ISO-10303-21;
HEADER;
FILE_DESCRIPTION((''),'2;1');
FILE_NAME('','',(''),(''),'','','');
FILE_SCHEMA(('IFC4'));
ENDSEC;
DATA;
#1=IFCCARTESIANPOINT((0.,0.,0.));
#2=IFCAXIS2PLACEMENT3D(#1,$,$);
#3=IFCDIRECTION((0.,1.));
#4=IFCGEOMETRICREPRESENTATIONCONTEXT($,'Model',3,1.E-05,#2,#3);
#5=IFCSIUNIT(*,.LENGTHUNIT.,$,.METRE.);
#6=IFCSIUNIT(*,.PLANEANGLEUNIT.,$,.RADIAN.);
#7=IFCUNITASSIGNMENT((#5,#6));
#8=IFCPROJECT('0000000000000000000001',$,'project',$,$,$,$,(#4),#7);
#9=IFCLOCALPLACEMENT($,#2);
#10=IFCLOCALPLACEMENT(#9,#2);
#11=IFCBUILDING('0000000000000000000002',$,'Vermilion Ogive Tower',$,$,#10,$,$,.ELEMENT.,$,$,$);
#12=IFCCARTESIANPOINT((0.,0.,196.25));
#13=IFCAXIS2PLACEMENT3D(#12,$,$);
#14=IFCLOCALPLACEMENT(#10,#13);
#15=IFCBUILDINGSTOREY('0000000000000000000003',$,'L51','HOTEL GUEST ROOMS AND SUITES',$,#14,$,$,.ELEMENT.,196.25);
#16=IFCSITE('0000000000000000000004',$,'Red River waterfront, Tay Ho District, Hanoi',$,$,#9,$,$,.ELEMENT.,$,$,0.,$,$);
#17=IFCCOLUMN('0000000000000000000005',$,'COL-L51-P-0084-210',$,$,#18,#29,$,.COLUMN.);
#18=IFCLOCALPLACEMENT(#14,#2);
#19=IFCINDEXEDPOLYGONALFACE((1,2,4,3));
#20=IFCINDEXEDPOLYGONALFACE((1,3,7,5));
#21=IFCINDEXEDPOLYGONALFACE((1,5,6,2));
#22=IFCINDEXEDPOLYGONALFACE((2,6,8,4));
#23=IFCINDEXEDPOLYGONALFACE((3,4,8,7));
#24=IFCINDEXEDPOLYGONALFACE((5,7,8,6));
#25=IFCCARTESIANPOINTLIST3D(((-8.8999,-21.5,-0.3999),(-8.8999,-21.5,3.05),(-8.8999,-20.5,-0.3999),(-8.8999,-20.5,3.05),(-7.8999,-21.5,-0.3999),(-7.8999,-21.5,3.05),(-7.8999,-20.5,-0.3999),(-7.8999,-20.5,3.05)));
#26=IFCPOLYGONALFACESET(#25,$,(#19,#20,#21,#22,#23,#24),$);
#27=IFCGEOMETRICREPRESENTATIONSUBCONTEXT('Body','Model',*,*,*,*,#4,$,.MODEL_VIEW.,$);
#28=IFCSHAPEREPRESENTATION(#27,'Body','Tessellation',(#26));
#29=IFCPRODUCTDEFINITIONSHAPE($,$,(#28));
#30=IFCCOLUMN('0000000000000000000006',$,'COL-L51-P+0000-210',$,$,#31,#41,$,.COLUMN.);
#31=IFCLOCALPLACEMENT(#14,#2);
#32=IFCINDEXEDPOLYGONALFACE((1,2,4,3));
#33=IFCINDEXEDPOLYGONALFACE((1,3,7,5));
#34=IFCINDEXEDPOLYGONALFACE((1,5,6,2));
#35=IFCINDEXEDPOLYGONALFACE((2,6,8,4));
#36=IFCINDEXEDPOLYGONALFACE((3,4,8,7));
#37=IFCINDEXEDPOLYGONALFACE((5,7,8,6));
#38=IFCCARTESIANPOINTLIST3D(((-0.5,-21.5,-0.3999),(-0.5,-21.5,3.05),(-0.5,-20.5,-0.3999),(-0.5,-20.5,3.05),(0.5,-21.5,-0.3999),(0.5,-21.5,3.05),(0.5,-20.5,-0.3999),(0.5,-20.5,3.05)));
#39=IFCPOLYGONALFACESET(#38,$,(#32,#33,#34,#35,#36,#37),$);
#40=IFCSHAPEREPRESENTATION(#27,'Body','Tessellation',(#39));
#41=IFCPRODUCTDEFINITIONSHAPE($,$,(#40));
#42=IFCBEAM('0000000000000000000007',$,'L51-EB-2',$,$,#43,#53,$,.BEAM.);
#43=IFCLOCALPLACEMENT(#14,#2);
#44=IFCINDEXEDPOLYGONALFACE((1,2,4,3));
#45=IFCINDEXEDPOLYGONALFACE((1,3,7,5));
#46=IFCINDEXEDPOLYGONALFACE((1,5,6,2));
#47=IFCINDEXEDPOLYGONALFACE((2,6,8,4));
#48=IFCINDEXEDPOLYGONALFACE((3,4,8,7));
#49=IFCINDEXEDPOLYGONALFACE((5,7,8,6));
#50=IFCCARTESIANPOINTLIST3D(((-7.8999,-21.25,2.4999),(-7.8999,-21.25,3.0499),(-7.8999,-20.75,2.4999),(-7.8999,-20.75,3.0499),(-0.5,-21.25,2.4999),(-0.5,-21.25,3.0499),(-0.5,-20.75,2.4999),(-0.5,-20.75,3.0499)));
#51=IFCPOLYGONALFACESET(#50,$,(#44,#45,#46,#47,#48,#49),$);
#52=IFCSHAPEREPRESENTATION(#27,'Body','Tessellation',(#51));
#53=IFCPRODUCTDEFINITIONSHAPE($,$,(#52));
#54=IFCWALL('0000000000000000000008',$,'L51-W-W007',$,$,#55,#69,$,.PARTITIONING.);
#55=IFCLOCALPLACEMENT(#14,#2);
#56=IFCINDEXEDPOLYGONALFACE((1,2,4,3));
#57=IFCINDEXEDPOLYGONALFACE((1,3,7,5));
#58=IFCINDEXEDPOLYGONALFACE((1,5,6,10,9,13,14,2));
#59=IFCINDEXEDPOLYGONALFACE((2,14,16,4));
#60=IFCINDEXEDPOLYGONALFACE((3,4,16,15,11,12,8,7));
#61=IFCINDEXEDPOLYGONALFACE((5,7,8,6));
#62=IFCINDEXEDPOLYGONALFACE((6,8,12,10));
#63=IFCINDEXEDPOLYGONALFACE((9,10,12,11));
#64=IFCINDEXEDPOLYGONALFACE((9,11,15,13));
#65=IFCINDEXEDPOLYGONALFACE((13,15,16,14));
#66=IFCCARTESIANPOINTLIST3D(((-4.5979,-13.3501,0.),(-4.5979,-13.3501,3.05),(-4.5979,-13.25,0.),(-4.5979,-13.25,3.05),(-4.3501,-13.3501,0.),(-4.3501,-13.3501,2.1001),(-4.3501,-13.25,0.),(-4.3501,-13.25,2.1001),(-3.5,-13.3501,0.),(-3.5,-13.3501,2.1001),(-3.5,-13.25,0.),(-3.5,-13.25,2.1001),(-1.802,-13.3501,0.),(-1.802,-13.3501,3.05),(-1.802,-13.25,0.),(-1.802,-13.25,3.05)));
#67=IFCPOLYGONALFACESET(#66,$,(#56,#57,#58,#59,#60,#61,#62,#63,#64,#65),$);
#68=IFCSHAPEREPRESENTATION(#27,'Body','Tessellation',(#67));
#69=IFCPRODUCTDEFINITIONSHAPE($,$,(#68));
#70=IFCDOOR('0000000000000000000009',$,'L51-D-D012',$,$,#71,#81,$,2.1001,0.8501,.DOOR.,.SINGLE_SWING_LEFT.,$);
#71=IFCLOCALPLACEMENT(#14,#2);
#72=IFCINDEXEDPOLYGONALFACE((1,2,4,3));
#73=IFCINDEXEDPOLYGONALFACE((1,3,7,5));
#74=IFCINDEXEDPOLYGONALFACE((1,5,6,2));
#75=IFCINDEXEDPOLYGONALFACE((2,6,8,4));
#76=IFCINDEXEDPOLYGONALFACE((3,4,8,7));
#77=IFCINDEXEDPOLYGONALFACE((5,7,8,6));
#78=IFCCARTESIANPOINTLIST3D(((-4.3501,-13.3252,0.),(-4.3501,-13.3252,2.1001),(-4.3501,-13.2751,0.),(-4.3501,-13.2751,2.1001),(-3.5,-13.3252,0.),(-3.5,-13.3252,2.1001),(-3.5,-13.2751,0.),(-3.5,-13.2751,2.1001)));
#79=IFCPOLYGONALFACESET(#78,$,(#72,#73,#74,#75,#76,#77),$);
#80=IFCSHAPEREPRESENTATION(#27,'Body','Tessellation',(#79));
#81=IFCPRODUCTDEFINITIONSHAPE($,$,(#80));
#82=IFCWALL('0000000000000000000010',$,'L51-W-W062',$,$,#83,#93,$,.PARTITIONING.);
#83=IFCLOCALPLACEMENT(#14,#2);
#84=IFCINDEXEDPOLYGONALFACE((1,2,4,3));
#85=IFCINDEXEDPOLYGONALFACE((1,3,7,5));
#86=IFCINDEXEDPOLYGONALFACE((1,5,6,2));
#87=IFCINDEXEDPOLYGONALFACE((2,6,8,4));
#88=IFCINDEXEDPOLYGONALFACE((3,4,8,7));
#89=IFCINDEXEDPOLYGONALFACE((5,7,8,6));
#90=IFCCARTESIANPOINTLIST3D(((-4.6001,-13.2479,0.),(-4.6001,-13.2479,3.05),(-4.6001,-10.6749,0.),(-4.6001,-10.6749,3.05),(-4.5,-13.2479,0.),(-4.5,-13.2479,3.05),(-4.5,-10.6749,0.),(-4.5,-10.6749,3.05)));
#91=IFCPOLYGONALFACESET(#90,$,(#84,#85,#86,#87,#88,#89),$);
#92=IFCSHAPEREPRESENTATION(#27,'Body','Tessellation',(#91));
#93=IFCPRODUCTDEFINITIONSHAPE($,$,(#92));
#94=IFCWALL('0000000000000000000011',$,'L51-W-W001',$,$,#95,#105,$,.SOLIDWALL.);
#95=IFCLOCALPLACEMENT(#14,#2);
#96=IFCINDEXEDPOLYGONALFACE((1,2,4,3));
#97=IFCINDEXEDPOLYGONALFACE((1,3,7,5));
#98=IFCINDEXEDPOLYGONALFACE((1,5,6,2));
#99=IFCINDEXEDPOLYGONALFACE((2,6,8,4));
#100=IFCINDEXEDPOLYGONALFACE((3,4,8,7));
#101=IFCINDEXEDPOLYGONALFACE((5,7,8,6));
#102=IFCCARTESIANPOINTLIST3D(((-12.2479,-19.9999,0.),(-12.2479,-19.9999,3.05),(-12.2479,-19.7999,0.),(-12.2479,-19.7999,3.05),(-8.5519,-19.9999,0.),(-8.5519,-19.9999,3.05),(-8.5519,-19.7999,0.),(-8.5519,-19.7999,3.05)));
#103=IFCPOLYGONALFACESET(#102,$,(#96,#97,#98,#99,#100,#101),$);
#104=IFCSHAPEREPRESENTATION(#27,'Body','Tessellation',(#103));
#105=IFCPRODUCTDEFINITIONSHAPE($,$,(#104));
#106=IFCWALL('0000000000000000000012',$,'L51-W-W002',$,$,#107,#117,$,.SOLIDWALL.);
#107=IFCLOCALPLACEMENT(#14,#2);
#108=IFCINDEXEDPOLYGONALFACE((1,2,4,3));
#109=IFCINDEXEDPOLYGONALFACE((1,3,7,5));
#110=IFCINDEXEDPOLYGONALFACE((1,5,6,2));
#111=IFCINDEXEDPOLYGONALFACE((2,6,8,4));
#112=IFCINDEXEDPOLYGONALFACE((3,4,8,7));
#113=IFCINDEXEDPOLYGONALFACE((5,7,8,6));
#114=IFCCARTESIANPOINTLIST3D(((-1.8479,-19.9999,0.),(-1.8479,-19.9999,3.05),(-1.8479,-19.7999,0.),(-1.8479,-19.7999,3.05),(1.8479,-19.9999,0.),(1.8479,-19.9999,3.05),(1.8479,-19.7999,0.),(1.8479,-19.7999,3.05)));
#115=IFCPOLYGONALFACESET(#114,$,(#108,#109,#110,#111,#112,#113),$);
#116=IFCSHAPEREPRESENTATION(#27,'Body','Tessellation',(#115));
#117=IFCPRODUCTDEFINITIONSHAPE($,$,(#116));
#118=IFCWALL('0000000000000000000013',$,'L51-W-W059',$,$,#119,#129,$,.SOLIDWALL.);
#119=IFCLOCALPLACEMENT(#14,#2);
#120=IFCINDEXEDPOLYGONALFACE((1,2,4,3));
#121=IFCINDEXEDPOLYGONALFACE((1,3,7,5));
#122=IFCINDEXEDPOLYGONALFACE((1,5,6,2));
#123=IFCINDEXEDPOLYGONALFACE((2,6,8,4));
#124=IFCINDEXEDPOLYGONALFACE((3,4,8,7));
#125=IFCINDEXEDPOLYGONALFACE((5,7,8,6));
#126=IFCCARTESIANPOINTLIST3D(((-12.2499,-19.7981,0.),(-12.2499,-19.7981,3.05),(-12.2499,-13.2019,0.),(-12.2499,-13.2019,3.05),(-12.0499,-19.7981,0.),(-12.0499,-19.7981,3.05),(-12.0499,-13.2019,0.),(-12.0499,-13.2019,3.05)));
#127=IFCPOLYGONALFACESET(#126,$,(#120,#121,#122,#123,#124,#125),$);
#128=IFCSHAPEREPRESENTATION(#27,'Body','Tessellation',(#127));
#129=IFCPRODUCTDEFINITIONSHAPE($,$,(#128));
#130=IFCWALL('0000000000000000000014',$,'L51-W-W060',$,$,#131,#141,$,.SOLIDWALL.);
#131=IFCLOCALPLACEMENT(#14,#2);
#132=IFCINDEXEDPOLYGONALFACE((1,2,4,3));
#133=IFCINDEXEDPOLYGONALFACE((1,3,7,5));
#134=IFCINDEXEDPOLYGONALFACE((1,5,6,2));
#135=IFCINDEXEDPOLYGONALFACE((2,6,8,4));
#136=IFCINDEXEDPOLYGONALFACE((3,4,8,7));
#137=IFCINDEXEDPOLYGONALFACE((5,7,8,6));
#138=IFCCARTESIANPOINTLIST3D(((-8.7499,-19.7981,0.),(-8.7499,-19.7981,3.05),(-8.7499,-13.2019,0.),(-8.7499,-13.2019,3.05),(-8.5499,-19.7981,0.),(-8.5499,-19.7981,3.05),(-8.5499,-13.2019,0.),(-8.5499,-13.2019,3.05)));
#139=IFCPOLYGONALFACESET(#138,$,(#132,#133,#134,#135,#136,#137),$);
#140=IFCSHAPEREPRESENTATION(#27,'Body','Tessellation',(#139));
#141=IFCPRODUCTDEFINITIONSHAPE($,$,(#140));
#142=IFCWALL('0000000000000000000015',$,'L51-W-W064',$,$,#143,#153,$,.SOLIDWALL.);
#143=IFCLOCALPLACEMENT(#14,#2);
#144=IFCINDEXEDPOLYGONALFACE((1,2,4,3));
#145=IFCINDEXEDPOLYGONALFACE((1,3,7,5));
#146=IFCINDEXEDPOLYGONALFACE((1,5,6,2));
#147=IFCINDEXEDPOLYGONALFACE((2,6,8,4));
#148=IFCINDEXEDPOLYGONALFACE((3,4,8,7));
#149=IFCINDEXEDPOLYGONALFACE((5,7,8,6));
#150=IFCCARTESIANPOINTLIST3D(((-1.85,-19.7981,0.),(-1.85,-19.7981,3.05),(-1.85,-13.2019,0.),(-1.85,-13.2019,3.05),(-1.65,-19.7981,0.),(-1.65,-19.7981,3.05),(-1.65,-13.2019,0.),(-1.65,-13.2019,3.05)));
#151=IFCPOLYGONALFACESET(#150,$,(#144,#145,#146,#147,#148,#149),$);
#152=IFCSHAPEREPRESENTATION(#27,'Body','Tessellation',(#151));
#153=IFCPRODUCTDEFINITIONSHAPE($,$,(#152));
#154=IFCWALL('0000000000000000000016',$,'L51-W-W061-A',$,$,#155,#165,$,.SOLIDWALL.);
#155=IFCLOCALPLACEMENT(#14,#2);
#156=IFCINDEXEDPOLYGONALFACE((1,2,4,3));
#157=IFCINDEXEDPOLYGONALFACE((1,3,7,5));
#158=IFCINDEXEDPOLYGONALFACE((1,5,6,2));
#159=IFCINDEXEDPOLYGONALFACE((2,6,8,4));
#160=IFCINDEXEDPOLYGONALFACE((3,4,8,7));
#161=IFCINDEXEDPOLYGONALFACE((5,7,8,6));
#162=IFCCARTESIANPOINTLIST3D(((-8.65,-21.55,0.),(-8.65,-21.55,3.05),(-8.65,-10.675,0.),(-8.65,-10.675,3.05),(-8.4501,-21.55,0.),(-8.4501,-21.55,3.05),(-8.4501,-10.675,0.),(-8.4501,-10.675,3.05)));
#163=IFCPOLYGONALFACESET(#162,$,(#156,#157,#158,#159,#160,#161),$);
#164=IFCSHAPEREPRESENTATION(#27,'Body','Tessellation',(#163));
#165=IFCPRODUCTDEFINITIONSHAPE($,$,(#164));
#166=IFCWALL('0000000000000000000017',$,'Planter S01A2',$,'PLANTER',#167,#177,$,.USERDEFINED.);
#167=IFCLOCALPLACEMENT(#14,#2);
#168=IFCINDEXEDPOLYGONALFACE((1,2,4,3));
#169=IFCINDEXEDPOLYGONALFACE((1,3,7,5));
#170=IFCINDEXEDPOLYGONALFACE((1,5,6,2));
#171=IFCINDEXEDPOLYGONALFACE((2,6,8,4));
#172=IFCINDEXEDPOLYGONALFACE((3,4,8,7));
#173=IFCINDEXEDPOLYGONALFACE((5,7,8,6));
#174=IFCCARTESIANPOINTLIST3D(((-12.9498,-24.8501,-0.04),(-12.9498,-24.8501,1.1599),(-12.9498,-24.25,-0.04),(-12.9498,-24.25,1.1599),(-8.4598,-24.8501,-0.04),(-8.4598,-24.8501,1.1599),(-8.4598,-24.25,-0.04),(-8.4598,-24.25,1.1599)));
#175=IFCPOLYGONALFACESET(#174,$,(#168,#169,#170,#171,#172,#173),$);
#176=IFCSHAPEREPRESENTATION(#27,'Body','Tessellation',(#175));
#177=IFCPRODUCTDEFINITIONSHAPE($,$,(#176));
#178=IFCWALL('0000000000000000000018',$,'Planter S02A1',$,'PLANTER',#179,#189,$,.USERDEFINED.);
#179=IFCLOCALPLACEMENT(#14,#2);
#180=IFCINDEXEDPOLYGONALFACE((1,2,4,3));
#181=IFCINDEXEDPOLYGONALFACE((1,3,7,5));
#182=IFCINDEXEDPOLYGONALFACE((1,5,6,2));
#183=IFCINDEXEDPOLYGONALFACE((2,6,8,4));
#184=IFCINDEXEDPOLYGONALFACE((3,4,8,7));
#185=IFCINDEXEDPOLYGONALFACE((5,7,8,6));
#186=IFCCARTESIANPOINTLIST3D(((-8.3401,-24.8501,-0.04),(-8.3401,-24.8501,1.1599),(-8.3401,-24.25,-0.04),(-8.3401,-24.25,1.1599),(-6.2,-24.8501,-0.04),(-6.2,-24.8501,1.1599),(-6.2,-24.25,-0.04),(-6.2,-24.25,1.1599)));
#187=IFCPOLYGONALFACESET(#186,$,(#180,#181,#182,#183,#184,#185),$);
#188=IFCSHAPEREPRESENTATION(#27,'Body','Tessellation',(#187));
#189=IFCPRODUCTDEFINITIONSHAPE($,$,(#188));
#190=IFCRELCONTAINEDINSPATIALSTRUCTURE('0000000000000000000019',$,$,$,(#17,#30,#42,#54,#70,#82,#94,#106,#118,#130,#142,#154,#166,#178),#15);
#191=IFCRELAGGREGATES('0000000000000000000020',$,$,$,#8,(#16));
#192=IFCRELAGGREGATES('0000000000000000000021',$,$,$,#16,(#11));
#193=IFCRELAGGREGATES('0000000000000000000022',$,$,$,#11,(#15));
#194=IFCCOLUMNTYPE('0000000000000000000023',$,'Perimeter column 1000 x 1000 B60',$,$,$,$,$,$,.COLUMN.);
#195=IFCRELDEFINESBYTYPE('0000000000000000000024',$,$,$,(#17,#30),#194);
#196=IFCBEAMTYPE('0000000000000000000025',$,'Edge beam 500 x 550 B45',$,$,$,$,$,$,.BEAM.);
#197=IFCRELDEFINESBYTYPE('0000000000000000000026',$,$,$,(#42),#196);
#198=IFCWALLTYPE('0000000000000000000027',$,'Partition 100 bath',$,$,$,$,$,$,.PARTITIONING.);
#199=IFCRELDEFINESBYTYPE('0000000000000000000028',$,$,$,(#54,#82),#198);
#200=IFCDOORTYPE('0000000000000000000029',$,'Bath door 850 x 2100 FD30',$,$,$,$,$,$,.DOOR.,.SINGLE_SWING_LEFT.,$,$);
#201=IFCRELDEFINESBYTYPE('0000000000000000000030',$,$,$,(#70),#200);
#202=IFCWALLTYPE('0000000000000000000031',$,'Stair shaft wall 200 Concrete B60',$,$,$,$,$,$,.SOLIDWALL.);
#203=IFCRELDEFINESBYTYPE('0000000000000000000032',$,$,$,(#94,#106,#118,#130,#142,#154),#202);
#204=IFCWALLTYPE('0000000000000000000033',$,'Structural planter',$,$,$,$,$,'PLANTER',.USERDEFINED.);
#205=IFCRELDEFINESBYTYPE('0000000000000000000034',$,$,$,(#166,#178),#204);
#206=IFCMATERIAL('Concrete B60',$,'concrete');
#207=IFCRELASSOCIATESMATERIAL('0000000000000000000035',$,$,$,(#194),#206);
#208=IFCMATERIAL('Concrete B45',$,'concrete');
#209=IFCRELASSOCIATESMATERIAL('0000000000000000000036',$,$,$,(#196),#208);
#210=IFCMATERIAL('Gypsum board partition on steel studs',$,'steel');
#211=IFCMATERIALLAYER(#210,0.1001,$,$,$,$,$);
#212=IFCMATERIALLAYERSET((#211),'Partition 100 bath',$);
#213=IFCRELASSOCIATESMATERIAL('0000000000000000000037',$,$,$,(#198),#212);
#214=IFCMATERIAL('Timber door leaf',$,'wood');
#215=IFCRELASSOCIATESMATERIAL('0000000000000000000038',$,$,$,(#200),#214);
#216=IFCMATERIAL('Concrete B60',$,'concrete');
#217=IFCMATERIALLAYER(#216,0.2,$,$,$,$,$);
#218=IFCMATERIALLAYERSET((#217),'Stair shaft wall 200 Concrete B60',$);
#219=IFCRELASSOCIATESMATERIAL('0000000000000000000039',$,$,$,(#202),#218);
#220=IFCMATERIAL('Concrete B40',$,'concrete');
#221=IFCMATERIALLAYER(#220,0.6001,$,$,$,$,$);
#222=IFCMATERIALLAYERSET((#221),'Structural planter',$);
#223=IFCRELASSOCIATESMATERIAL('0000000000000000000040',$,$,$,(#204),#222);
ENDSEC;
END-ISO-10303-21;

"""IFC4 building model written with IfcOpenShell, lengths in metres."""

from ifc_helpers import new_model, si_unit, direction, frame, frame_2d, origin, origin_2d, place, context, subcontext, project, spatial, rectangle, extrude, material, layer, layer_set, material_profile, profile_set, type_object, element, fill, save


model = new_model("IFC4")

# Units and contexts
model_context = context("Model", 3, precision=1e-05, world=origin(), true_north=direction((0.0, 1.0)))
body_context = subcontext(model_context, "Body", "Model", "MODEL_VIEW")
ifc_project = project(units=[si_unit("LENGTHUNIT", "METRE"), si_unit("PLANEANGLEUNIT", "RADIAN")], contexts=[model_context])

# Site, building, storey
site_placement = place(None, origin())
site = spatial("IfcSite", under=ifc_project, at=site_placement, Name="Red River waterfront, Tay Ho District, Hanoi", CompositionType="ELEMENT", RefElevation=0.0)
building_placement = place(site_placement, origin())
building = spatial("IfcBuilding", under=site, at=building_placement, Name="Vermilion Ogive Tower", CompositionType="ELEMENT")
storey_placement = place(building_placement, frame((0.0, 0.0, 196.25)))
storey = spatial("IfcBuildingStorey", under=building, at=storey_placement, Name="L51", Description="HOTEL GUEST ROOMS AND SUITES", CompositionType="ELEMENT", Elevation=196.25)

# Columns
ifc_material_1 = material(Name="Concrete B60", Category="concrete")
ifc_material_profile_1 = material_profile(ifc_material_1, rectangle(XDim=1.0, YDim=1.0, at=origin_2d()), Name="1000 x 1000")
ifc_profile_set_1 = profile_set([ifc_material_profile_1], Name="Concrete B60")
column_type = type_object("IfcColumnType", Name="Perimeter column 1000 x 1000 B60", PredefinedType="COLUMN", material=ifc_profile_set_1)
for number, where, z_axis, x_axis, name in (
    (1, (-8.3999, -21.0, -0.3999), (0.0, 0.0, 1.0), (1.0, 0.0, 0.0), "COL-L51-P-0084-210"),
    (2, (0.0, -21.0, -0.3999), (0.0, 0.0, 1.0), (1.0, 0.0, 0.0), "COL-L51-P+0000-210"),
):
    element("IfcColumn", number, at=place(storey_placement, frame(where, z_axis=z_axis, x_axis=x_axis)), inside=storey, type_object=column_type, Name=name, PredefinedType="COLUMN", context=body_context, shape_type="SweptSolid", body=[
        extrude(rectangle(XDim=1.0, YDim=1.0, at=origin_2d()), origin(), (0.0, 0.0, 1.0), 3.45),
    ])

# Beam
ifc_material_2 = material(Name="Concrete B45", Category="concrete")
ifc_material_profile_2 = material_profile(ifc_material_2, rectangle(XDim=0.5, YDim=0.55, at=origin_2d()), Name="500 x 550")
ifc_profile_set_2 = profile_set([ifc_material_profile_2], Name="Concrete B45")
beam_type = type_object("IfcBeamType", Name="Edge beam 500 x 550 B45", PredefinedType="BEAM", material=ifc_profile_set_2)
beam_placement = place(storey_placement, frame((-7.8999, -21.0, 2.7749), z_axis=(1.0, 0.0, 0.0), x_axis=(0.0, 1.0, 0.0)))
element("IfcBeam", 3, at=beam_placement, inside=storey, type_object=beam_type, Name="L51-EB-2", PredefinedType="BEAM", context=body_context, shape_type="SweptSolid", body=[
    extrude(rectangle(XDim=0.5, YDim=0.55, at=origin_2d()), origin(), (0.0, 0.0, 1.0), 7.3999),
])

# Wall, opening, door
ifc_material_3 = material(Name="Gypsum board partition on steel studs", Category="steel")
ifc_layer_1 = layer(ifc_material_3, 0.1001)
ifc_layer_set_1 = layer_set([ifc_layer_1], Name="Partition 100 bath")
wall_type_1 = type_object("IfcWallType", Name="Partition 100 bath", PredefinedType="PARTITIONING", material=ifc_layer_set_1)
wall_1_placement = place(storey_placement, frame((-4.5979, -13.3, 0.0), z_axis=(0.0, 0.0, 1.0), x_axis=(1.0, 0.0, 0.0)))
wall_1 = element("IfcWall", 4, at=wall_1_placement, inside=storey, type_object=wall_type_1, Name="L51-W-W007", PredefinedType="PARTITIONING", context=body_context, shape_type="SweptSolid", body=[
    extrude(rectangle(XDim=2.7959, YDim=0.1001, at=frame_2d((1.3979, 0.0))), origin(), (0.0, 0.0, 1.0), 3.05),
])
opening_1_placement = place(wall_1_placement, frame((0.2478, 0.0, 0.0)))
opening_1 = element("IfcOpeningElement", 5, at=opening_1_placement, cuts=wall_1, PredefinedType="OPENING", context=body_context, shape_type="SweptSolid", body=[
    extrude(rectangle(XDim=0.8501, YDim=2.1001, at=frame_2d((0.425, 1.05))), frame((0.0, 0.0601, 0.0), z_axis=(0.0, -1.0, 0.0), x_axis=(1.0, 0.0, 0.0)), (0.0, 0.0, 1.0), 0.1201),
])
ifc_material_4 = material(Name="Timber door leaf", Category="wood")
door_type_1 = type_object("IfcDoorType", Name="Bath door 850 x 2100 FD30", OperationType="SINGLE_SWING_LEFT", PredefinedType="DOOR", material=ifc_material_4)
door_1_placement = place(opening_1_placement, origin())
door_1 = element("IfcDoor", 6, at=door_1_placement, inside=storey, type_object=door_type_1, Name="L51-D-D012", OperationType="SINGLE_SWING_LEFT", OverallHeight=2.1001, OverallWidth=0.8501, PredefinedType="DOOR", context=body_context, shape_type="SweptSolid", body=[
    extrude(rectangle(XDim=0.8501, YDim=2.1001, at=frame_2d((0.425, 1.05))), frame((0.0, 0.0249, 0.0), z_axis=(0.0, -1.0, 0.0), x_axis=(1.0, 0.0, 0.0)), (0.0, 0.0, 1.0), 0.05),
])
fill(opening_1, door_1)

# Walls
wall_2_placement = place(storey_placement, frame((-4.55, -13.248, 0.0), z_axis=(0.0, 0.0, 1.0), x_axis=(0.0, 1.0, 0.0)))
element("IfcWall", 7, at=wall_2_placement, inside=storey, type_object=wall_type_1, Name="L51-W-W062", PredefinedType="PARTITIONING", context=body_context, shape_type="SweptSolid", body=[
    extrude(rectangle(XDim=2.573, YDim=0.1001, at=frame_2d((1.2866, 0.0))), origin(), (0.0, 0.0, 1.0), 3.05),
])
ifc_material_5 = material(Name="Concrete B60", Category="concrete")
ifc_layer_2 = layer(ifc_material_5, 0.2)
ifc_layer_set_2 = layer_set([ifc_layer_2], Name="Stair shaft wall 200 Concrete B60")
wall_type_2 = type_object("IfcWallType", Name="Stair shaft wall 200 Concrete B60", PredefinedType="SOLIDWALL", material=ifc_layer_set_2)
wall_3_placement = place(storey_placement, frame((-12.248, -19.8999, 0.0), z_axis=(0.0, 0.0, 1.0), x_axis=(1.0, 0.0, 0.0)))
element("IfcWall", 8, at=wall_3_placement, inside=storey, type_object=wall_type_2, Name="L51-W-W001", PredefinedType="SOLIDWALL", context=body_context, shape_type="SweptSolid", body=[
    extrude(rectangle(XDim=3.696, YDim=0.2, at=frame_2d((1.8481, 0.0))), origin(), (0.0, 0.0, 1.0), 3.05),
])
wall_4_placement = place(storey_placement, frame((-1.8479, -19.8999, 0.0), z_axis=(0.0, 0.0, 1.0), x_axis=(1.0, 0.0, 0.0)))
element("IfcWall", 9, at=wall_4_placement, inside=storey, type_object=wall_type_2, Name="L51-W-W002", PredefinedType="SOLIDWALL", context=body_context, shape_type="SweptSolid", body=[
    extrude(rectangle(XDim=3.6958, YDim=0.2, at=frame_2d((1.8479, 0.0))), origin(), (0.0, 0.0, 1.0), 3.05),
])
for number, where, z_axis, x_axis, name in (
    (10, (-12.1499, -19.7981, 0.0), (0.0, 0.0, 1.0), (0.0, 1.0, 0.0), "L51-W-W059"),
    (11, (-8.6499, -19.7981, 0.0), (0.0, 0.0, 1.0), (0.0, 1.0, 0.0), "L51-W-W060"),
    (12, (-1.75, -19.7981, 0.0), (0.0, 0.0, 1.0), (0.0, 1.0, 0.0), "L51-W-W064"),
):
    element("IfcWall", number, at=place(storey_placement, frame(where, z_axis=z_axis, x_axis=x_axis)), inside=storey, type_object=wall_type_2, Name=name, PredefinedType="SOLIDWALL", context=body_context, shape_type="SweptSolid", body=[
        extrude(rectangle(XDim=6.5962, YDim=0.2, at=frame_2d((3.2981, 0.0))), origin(), (0.0, 0.0, 1.0), 3.05),
    ])
wall_5_placement = place(storey_placement, frame((-8.55, -21.55, 0.0), z_axis=(0.0, 0.0, 1.0), x_axis=(0.0, 1.0, 0.0)))
element("IfcWall", 13, at=wall_5_placement, inside=storey, type_object=wall_type_2, Name="L51-W-W061-A", PredefinedType="SOLIDWALL", context=body_context, shape_type="SweptSolid", body=[
    extrude(rectangle(XDim=10.875, YDim=0.2, at=frame_2d((5.4375, 0.0))), origin(), (0.0, 0.0, 1.0), 3.05),
])
ifc_material_6 = material(Name="Concrete B40", Category="concrete")
ifc_layer_3 = layer(ifc_material_6, 0.6001)
ifc_layer_set_3 = layer_set([ifc_layer_3], Name="Structural planter")
wall_type_3 = type_object("IfcWallType", Name="Structural planter", ElementType="PLANTER", PredefinedType="USERDEFINED", material=ifc_layer_set_3)
wall_6_placement = place(storey_placement, frame((-12.95, -24.55, -0.04), z_axis=(0.0, 0.0, 1.0), x_axis=(1.0, 0.0, 0.0)))
element("IfcWall", 14, at=wall_6_placement, inside=storey, type_object=wall_type_3, Name="Planter S01A2", ObjectType="PLANTER", PredefinedType="USERDEFINED", context=body_context, shape_type="SweptSolid", body=[
    extrude(rectangle(XDim=4.49, YDim=0.6001, at=frame_2d((2.2451, 0.0))), origin(), (0.0, 0.0, 1.0), 1.2),
])
wall_7_placement = place(storey_placement, frame((-8.3401, -24.55, -0.04), z_axis=(0.0, 0.0, 1.0), x_axis=(1.0, 0.0, 0.0)))
element("IfcWall", 15, at=wall_7_placement, inside=storey, type_object=wall_type_3, Name="Planter S02A1", ObjectType="PLANTER", PredefinedType="USERDEFINED", context=body_context, shape_type="SweptSolid", body=[
    extrude(rectangle(XDim=2.1401, YDim=0.6001, at=frame_2d((1.0701, 0.0))), origin(), (0.0, 0.0, 1.0), 1.2),
])

save(model, "model.ifc")
